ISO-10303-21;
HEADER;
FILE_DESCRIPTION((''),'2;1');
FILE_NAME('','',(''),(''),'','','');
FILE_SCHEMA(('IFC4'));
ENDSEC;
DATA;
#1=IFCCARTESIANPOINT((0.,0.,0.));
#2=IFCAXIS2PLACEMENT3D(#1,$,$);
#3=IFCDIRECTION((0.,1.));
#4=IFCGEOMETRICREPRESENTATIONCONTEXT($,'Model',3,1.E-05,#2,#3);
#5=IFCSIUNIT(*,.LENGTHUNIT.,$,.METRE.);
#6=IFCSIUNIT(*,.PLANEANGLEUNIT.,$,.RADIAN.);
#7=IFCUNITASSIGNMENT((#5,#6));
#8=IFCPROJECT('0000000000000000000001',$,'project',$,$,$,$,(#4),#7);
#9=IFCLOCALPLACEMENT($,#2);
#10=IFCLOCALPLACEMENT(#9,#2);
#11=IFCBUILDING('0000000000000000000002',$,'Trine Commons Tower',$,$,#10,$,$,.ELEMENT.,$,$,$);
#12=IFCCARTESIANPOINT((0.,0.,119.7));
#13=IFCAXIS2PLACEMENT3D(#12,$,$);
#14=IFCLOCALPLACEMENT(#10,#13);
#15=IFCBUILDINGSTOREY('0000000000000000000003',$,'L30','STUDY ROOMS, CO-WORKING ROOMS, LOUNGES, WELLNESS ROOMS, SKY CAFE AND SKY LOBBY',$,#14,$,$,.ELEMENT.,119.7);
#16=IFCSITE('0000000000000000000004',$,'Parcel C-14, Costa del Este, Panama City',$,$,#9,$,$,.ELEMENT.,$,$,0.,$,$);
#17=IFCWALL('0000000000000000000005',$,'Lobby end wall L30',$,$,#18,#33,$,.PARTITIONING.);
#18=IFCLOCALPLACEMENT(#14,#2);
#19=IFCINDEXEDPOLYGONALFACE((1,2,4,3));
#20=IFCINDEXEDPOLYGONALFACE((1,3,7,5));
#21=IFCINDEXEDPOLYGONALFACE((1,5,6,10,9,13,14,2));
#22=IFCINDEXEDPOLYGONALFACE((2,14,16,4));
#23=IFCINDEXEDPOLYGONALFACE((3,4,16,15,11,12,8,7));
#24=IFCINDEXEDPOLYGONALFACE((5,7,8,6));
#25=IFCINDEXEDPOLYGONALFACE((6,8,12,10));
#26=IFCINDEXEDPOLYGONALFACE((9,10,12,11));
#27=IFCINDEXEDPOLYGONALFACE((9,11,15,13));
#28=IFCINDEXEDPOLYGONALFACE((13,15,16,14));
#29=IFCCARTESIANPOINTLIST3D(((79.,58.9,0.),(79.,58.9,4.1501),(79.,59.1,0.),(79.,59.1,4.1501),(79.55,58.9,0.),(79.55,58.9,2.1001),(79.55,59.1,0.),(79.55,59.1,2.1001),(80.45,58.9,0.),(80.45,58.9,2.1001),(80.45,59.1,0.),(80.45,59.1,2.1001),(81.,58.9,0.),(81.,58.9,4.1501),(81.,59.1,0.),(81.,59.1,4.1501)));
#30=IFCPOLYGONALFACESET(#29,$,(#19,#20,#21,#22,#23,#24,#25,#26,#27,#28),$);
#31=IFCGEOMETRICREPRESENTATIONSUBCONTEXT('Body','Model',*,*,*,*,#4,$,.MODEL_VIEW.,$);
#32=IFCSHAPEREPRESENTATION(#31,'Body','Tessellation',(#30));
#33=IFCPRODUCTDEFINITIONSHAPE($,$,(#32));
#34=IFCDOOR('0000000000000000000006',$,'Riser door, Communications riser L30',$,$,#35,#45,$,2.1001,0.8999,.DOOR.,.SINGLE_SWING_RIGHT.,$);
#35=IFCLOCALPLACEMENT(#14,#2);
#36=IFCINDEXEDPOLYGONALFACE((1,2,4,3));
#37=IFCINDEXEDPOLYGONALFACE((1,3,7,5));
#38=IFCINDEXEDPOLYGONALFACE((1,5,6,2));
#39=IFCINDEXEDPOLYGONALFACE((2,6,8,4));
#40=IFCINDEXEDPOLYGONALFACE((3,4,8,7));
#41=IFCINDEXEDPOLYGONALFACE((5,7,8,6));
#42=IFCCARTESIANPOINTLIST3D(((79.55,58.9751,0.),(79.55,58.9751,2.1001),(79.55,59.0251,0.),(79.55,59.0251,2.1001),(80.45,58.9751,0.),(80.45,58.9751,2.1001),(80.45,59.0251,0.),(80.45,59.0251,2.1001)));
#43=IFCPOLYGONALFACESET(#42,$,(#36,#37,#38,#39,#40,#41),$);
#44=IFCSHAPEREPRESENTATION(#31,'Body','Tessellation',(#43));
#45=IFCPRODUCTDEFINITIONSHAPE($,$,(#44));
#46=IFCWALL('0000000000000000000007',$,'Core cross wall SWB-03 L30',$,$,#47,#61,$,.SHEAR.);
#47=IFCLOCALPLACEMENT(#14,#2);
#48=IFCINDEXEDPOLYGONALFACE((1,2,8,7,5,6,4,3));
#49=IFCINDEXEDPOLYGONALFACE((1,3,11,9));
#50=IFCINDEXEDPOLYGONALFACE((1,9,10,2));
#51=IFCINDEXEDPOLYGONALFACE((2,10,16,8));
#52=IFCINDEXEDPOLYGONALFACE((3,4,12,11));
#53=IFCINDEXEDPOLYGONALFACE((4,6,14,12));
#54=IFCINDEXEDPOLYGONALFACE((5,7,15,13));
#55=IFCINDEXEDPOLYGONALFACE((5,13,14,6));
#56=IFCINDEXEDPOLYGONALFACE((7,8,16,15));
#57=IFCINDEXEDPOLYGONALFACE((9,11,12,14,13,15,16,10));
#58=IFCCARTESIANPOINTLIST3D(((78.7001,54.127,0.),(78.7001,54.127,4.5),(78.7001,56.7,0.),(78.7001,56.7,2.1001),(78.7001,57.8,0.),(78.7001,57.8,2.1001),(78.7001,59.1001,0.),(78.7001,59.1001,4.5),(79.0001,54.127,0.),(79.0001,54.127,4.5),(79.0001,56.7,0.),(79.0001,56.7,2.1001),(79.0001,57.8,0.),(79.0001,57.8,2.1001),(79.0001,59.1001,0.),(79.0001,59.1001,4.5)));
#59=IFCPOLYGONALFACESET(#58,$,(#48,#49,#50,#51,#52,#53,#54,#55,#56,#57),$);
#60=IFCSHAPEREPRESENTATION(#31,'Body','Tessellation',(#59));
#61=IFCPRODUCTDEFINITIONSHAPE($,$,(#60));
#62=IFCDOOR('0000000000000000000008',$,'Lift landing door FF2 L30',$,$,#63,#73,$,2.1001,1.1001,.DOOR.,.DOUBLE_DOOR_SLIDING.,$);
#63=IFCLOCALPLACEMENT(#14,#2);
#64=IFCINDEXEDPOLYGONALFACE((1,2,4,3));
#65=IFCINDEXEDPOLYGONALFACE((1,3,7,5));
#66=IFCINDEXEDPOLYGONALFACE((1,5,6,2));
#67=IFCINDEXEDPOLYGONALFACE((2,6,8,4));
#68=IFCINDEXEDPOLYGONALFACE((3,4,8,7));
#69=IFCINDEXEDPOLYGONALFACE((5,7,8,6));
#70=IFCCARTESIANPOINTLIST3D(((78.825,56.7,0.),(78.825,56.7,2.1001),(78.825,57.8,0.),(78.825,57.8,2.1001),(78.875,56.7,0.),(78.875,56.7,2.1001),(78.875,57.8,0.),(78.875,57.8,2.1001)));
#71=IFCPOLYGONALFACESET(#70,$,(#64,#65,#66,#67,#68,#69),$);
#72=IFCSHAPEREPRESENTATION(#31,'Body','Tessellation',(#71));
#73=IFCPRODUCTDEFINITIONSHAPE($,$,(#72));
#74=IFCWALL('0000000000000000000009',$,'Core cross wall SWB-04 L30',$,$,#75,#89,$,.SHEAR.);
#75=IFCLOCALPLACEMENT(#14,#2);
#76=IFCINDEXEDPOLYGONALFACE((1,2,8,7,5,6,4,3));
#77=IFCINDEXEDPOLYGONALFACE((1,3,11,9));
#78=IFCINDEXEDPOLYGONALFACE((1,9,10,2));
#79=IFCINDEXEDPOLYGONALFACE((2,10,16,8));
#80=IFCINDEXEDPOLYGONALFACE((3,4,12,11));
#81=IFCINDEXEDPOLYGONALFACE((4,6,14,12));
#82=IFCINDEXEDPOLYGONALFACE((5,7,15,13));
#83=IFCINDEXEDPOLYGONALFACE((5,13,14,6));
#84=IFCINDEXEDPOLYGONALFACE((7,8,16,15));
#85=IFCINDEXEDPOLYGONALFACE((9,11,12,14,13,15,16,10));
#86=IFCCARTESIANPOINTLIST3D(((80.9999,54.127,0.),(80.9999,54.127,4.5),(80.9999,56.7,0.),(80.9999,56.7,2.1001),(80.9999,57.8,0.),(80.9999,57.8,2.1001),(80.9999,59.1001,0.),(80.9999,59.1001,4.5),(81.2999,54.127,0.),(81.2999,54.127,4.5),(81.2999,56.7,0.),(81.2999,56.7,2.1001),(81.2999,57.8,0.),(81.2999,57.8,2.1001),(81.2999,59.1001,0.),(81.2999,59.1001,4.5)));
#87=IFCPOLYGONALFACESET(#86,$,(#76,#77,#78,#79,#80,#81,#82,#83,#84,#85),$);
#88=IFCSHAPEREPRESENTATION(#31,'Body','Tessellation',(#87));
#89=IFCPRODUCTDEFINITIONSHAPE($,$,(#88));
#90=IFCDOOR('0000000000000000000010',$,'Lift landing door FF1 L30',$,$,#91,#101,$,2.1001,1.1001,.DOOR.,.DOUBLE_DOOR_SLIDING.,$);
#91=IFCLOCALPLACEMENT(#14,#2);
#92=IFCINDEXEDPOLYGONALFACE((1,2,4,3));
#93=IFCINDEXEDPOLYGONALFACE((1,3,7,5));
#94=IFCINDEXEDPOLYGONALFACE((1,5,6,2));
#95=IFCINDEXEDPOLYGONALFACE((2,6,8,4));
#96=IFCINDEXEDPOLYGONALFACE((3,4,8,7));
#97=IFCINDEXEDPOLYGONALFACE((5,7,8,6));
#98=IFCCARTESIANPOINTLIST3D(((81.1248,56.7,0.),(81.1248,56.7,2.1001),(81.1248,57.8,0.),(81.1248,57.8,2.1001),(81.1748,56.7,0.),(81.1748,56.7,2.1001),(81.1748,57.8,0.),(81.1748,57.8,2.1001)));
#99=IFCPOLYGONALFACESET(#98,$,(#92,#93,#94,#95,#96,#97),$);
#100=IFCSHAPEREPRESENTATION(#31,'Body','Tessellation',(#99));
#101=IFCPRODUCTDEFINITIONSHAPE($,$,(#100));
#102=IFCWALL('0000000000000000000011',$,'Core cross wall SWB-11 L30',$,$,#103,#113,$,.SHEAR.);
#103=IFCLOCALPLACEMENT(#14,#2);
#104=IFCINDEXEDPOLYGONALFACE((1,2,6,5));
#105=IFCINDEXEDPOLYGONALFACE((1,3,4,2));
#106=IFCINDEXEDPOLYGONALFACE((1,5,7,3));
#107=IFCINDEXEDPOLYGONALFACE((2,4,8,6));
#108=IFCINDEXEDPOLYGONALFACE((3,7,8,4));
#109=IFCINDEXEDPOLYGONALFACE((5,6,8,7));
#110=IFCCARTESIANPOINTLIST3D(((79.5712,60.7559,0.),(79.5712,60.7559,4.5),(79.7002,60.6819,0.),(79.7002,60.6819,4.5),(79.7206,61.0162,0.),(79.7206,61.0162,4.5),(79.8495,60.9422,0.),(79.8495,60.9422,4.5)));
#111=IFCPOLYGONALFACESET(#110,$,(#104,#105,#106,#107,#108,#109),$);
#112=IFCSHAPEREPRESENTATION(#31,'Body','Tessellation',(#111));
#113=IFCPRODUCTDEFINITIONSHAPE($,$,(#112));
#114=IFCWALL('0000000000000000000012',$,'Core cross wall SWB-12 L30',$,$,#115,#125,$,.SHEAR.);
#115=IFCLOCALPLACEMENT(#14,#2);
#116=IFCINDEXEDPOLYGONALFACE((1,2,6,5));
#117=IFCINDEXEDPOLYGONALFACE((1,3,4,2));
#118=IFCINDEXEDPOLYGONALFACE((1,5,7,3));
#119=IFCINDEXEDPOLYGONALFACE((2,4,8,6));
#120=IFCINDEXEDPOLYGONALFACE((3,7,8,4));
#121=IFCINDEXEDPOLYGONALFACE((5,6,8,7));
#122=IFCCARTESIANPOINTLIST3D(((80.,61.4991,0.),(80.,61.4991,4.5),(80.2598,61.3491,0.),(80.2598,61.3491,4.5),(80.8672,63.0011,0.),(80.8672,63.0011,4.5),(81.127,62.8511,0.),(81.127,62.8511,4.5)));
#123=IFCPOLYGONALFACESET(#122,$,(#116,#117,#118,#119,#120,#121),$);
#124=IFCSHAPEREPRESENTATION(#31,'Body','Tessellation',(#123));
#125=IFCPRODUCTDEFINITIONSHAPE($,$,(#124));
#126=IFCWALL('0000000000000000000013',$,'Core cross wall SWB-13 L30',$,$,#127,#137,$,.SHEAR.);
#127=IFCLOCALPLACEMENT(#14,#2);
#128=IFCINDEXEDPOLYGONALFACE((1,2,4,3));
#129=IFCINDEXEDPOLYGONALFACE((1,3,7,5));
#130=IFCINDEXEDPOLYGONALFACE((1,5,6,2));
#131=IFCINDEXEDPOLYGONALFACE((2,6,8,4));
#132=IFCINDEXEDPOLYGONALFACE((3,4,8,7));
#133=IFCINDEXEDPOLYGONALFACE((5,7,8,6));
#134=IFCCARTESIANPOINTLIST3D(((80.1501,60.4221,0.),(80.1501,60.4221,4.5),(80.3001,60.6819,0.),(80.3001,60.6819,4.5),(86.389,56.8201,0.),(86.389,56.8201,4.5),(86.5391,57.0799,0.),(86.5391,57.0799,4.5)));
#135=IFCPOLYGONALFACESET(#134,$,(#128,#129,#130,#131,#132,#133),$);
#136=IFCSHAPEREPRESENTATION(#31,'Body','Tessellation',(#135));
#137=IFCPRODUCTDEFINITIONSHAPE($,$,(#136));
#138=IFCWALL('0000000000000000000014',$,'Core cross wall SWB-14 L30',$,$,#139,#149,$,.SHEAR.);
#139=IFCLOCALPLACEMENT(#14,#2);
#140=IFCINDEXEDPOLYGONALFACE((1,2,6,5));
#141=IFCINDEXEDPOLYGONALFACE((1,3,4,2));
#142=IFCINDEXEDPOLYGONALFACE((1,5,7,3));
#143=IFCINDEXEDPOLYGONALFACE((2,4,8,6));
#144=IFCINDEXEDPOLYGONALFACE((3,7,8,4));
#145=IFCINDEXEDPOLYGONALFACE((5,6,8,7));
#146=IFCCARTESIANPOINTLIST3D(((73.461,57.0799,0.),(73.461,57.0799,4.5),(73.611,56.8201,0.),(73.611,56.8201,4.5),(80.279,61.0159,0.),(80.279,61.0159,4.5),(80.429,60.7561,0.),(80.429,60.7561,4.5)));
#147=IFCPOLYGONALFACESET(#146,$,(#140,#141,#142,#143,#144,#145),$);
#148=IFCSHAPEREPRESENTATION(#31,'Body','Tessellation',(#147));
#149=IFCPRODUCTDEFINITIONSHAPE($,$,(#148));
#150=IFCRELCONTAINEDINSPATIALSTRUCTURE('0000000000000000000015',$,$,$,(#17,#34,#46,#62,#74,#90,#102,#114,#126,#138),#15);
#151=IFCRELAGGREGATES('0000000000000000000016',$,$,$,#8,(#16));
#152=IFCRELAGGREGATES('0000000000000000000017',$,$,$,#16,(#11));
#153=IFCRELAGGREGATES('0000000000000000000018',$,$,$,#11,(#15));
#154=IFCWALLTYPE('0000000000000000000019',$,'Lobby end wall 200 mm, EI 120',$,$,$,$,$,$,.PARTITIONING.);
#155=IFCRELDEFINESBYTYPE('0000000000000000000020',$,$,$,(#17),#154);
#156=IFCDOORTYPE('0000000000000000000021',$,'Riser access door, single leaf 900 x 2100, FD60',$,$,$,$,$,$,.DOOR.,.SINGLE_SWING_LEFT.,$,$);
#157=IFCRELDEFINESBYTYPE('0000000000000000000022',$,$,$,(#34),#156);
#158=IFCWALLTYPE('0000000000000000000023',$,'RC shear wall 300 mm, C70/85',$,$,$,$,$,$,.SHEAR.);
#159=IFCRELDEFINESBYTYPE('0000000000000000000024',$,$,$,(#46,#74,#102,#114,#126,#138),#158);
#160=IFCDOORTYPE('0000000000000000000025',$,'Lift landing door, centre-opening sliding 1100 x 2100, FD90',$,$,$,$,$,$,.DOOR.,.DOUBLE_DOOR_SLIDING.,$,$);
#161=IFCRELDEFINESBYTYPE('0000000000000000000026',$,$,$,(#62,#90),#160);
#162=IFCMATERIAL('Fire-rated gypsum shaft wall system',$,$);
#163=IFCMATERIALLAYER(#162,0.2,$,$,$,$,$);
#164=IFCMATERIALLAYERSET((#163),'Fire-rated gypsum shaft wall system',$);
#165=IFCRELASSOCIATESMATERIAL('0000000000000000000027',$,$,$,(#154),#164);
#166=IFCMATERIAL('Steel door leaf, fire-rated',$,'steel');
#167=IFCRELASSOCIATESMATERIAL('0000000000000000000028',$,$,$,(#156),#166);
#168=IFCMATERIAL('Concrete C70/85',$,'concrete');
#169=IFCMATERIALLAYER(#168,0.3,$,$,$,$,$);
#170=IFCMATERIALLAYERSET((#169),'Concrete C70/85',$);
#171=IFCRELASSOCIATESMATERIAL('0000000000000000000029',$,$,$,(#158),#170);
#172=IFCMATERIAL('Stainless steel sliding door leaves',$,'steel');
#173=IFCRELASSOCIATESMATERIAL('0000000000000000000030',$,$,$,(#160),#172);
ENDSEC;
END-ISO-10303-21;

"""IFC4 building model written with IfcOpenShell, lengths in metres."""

from ifc_helpers import new_model, si_unit, direction, frame, frame_2d, origin, place, context, subcontext, project, spatial, rectangle, extrude, material, layer, layer_set, type_object, element, fill, save


model = new_model("IFC4")

# Units and contexts
model_context = context("Model", 3, precision=1e-05, world=origin(), true_north=direction((0.0, 1.0)))
body_context = subcontext(model_context, "Body", "Model", "MODEL_VIEW")
ifc_project = project(units=[si_unit("LENGTHUNIT", "METRE"), si_unit("PLANEANGLEUNIT", "RADIAN")], contexts=[model_context])

# Site, building, storey
site_placement = place(None, origin())
site = spatial("IfcSite", under=ifc_project, at=site_placement, Name="Parcel C-14, Costa del Este, Panama City", CompositionType="ELEMENT", RefElevation=0.0)
building_placement = place(site_placement, origin())
building = spatial("IfcBuilding", under=site, at=building_placement, Name="Trine Commons Tower", CompositionType="ELEMENT")
storey_placement = place(building_placement, frame((0.0, 0.0, 119.7)))
storey = spatial("IfcBuildingStorey", under=building, at=storey_placement, Name="L30", Description="STUDY ROOMS, CO-WORKING ROOMS, LOUNGES, WELLNESS ROOMS, SKY CAFE AND SKY LOBBY", CompositionType="ELEMENT", Elevation=119.7)

# Walls, openings, doors
ifc_material_1 = material(Name="Fire-rated gypsum shaft wall system")
ifc_layer_1 = layer(ifc_material_1, 0.2)
ifc_layer_set_1 = layer_set([ifc_layer_1], Name="Fire-rated gypsum shaft wall system")
wall_type_1 = type_object("IfcWallType", Name="Lobby end wall 200 mm, EI 120", PredefinedType="PARTITIONING", material=ifc_layer_set_1)
wall_1_placement = place(storey_placement, frame((79.0, 59.0, 0.0), z_axis=(0.0, 0.0, 1.0), x_axis=(1.0, 0.0, 0.0)))
wall_1 = element("IfcWall", 1, at=wall_1_placement, inside=storey, type_object=wall_type_1, Name="Lobby end wall L30", PredefinedType="PARTITIONING", context=body_context, shape_type="SweptSolid", body=[
    extrude(rectangle(XDim=2.0, YDim=0.2, at=frame_2d((1.0, 0.0))), origin(), (0.0, 0.0, 1.0), 4.1501),
])
opening_1_placement = place(wall_1_placement, frame((0.55, 0.0, 0.0)))
opening_1 = element("IfcOpeningElement", 2, at=opening_1_placement, cuts=wall_1, PredefinedType="OPENING", context=body_context, shape_type="SweptSolid", body=[
    extrude(rectangle(XDim=0.8999, YDim=2.1001, at=frame_2d((0.45, 1.05))), frame((0.0, 0.1099, 0.0), z_axis=(0.0, -1.0, 0.0), x_axis=(1.0, 0.0, 0.0)), (0.0, 0.0, 1.0), 0.22),
])
ifc_material_2 = material(Name="Steel door leaf, fire-rated", Category="steel")
door_type_1 = type_object("IfcDoorType", Name="Riser access door, single leaf 900 x 2100, FD60", OperationType="SINGLE_SWING_LEFT", PredefinedType="DOOR", material=ifc_material_2)
door_1_placement = place(opening_1_placement, frame((0.8999, 0.0, 0.0), z_axis=(0.0, 0.0, 1.0), x_axis=(-1.0, 0.0, 0.0)))
door_1 = element("IfcDoor", 3, at=door_1_placement, inside=storey, type_object=door_type_1, Name="Riser door, Communications riser L30", OperationType="SINGLE_SWING_RIGHT", OverallHeight=2.1001, OverallWidth=0.8999, PredefinedType="DOOR", context=body_context, shape_type="SweptSolid", body=[
    extrude(rectangle(XDim=0.8999, YDim=2.1001, at=frame_2d((0.45, 1.05))), frame((0.0, 0.0249, 0.0), z_axis=(0.0, -1.0, 0.0), x_axis=(1.0, 0.0, 0.0)), (0.0, 0.0, 1.0), 0.05),
])
fill(opening_1, door_1)
ifc_material_3 = material(Name="Concrete C70/85", Category="concrete")
ifc_layer_2 = layer(ifc_material_3, 0.3)
ifc_layer_set_2 = layer_set([ifc_layer_2], Name="Concrete C70/85")
wall_type_2 = type_object("IfcWallType", Name="RC shear wall 300 mm, C70/85", PredefinedType="SHEAR", material=ifc_layer_set_2)
wall_2_placement = place(storey_placement, frame((78.8501, 59.1001, 0.0), z_axis=(0.0, 0.0, 1.0), x_axis=(0.0, -1.0, 0.0)))
wall_2 = element("IfcWall", 4, at=wall_2_placement, inside=storey, type_object=wall_type_2, Name="Core cross wall SWB-03 L30", PredefinedType="SHEAR", context=body_context, shape_type="SweptSolid", body=[
    extrude(rectangle(XDim=4.9731, YDim=0.3, at=frame_2d((2.4866, 0.0))), origin(), (0.0, 0.0, 1.0), 4.5),
])
opening_2_placement = place(wall_2_placement, frame((1.3, 0.0, 0.0)))
opening_2 = element("IfcOpeningElement", 5, at=opening_2_placement, cuts=wall_2, PredefinedType="OPENING", context=body_context, shape_type="SweptSolid", body=[
    extrude(rectangle(XDim=1.1001, YDim=2.1001, at=frame_2d((0.55, 1.05))), frame((0.0, 0.1599, 0.0), z_axis=(0.0, -1.0, 0.0), x_axis=(1.0, 0.0, 0.0)), (0.0, 0.0, 1.0), 0.3201),
])
ifc_material_4 = material(Name="Stainless steel sliding door leaves", Category="steel")
door_type_2 = type_object("IfcDoorType", Name="Lift landing door, centre-opening sliding 1100 x 2100, FD90", OperationType="DOUBLE_DOOR_SLIDING", PredefinedType="DOOR", material=ifc_material_4)
door_2_placement = place(opening_2_placement, origin())
door_2 = element("IfcDoor", 6, at=door_2_placement, inside=storey, type_object=door_type_2, Name="Lift landing door FF2 L30", OperationType="DOUBLE_DOOR_SLIDING", OverallHeight=2.1001, OverallWidth=1.1001, PredefinedType="DOOR", context=body_context, shape_type="SweptSolid", body=[
    extrude(rectangle(XDim=1.1001, YDim=2.1001, at=frame_2d((0.55, 1.05))), frame((0.0, 0.0249, 0.0), z_axis=(0.0, -1.0, 0.0), x_axis=(1.0, 0.0, 0.0)), (0.0, 0.0, 1.0), 0.05),
])
fill(opening_2, door_2)
wall_3_placement = place(storey_placement, frame((81.1499, 59.1001, 0.0), z_axis=(0.0, 0.0, 1.0), x_axis=(0.0, -1.0, 0.0)))
wall_3 = element("IfcWall", 7, at=wall_3_placement, inside=storey, type_object=wall_type_2, Name="Core cross wall SWB-04 L30", PredefinedType="SHEAR", context=body_context, shape_type="SweptSolid", body=[
    extrude(rectangle(XDim=4.9731, YDim=0.3, at=frame_2d((2.4866, 0.0))), origin(), (0.0, 0.0, 1.0), 4.5),
])
opening_3_placement = place(wall_3_placement, frame((1.3, 0.0, 0.0)))
opening_3 = element("IfcOpeningElement", 8, at=opening_3_placement, cuts=wall_3, PredefinedType="OPENING", context=body_context, shape_type="SweptSolid", body=[
    extrude(rectangle(XDim=1.1001, YDim=2.1001, at=frame_2d((0.55, 1.05))), frame((0.0, 0.1599, 0.0), z_axis=(0.0, -1.0, 0.0), x_axis=(1.0, 0.0, 0.0)), (0.0, 0.0, 1.0), 0.3201),
])
door_3_placement = place(opening_3_placement, origin())
door_3 = element("IfcDoor", 9, at=door_3_placement, inside=storey, type_object=door_type_2, Name="Lift landing door FF1 L30", OperationType="DOUBLE_DOOR_SLIDING", OverallHeight=2.1001, OverallWidth=1.1001, PredefinedType="DOOR", context=body_context, shape_type="SweptSolid", body=[
    extrude(rectangle(XDim=1.1001, YDim=2.1001, at=frame_2d((0.55, 1.05))), frame((0.0, 0.0249, 0.0), z_axis=(0.0, -1.0, 0.0), x_axis=(1.0, 0.0, 0.0)), (0.0, 0.0, 1.0), 0.05),
])
fill(opening_3, door_3)

# Walls
wall_4_placement = place(storey_placement, frame((79.646, 60.886, 0.0), z_axis=(0.0, 0.0, 1.0), x_axis=(0.867332, -0.49773, 0.0)))
element("IfcWall", 10, at=wall_4_placement, inside=storey, type_object=wall_type_2, Name="Core cross wall SWB-11 L30", PredefinedType="SHEAR", context=body_context, shape_type="SweptSolid", body=[
    extrude(rectangle(XDim=0.1487, YDim=0.3, at=frame_2d((0.0742, 0.0))), origin(), (0.0, 0.0, 1.0), 4.5),
])
wall_5_placement = place(storey_placement, frame((80.1299, 61.4241, 0.0), z_axis=(0.0, 0.0, 1.0), x_axis=(0.500015, 0.866017, 0.0)))
element("IfcWall", 11, at=wall_5_placement, inside=storey, type_object=wall_type_2, Name="Core cross wall SWB-12 L30", PredefinedType="SHEAR", context=body_context, shape_type="SweptSolid", body=[
    extrude(rectangle(XDim=1.7344, YDim=0.3, at=frame_2d((0.8672, 0.0))), origin(), (0.0, 0.0, 1.0), 4.5),
])
wall_6_placement = place(storey_placement, frame((80.2251, 60.552, 0.0), z_axis=(0.0, 0.0, 1.0), x_axis=(0.866028, -0.499995, 0.0)))
element("IfcWall", 12, at=wall_6_placement, inside=storey, type_object=wall_type_2, Name="Core cross wall SWB-13 L30", PredefinedType="SHEAR", context=body_context, shape_type="SweptSolid", body=[
    extrude(rectangle(XDim=7.2041, YDim=0.3, at=frame_2d((3.6021, 0.0))), origin(), (0.0, 0.0, 1.0), 4.5),
])
wall_7_placement = place(storey_placement, frame((80.354, 60.886, 0.0), z_axis=(0.0, 0.0, 1.0), x_axis=(-0.866048, -0.499961, 0.0)))
element("IfcWall", 13, at=wall_7_placement, inside=storey, type_object=wall_type_2, Name="Core cross wall SWB-14 L30", PredefinedType="SHEAR", context=body_context, shape_type="SweptSolid", body=[
    extrude(rectangle(XDim=7.8726, YDim=0.3, at=frame_2d((3.9363, 0.0))), origin(), (0.0, 0.0, 1.0), 4.5),
])

save(model, "model.ifc")
